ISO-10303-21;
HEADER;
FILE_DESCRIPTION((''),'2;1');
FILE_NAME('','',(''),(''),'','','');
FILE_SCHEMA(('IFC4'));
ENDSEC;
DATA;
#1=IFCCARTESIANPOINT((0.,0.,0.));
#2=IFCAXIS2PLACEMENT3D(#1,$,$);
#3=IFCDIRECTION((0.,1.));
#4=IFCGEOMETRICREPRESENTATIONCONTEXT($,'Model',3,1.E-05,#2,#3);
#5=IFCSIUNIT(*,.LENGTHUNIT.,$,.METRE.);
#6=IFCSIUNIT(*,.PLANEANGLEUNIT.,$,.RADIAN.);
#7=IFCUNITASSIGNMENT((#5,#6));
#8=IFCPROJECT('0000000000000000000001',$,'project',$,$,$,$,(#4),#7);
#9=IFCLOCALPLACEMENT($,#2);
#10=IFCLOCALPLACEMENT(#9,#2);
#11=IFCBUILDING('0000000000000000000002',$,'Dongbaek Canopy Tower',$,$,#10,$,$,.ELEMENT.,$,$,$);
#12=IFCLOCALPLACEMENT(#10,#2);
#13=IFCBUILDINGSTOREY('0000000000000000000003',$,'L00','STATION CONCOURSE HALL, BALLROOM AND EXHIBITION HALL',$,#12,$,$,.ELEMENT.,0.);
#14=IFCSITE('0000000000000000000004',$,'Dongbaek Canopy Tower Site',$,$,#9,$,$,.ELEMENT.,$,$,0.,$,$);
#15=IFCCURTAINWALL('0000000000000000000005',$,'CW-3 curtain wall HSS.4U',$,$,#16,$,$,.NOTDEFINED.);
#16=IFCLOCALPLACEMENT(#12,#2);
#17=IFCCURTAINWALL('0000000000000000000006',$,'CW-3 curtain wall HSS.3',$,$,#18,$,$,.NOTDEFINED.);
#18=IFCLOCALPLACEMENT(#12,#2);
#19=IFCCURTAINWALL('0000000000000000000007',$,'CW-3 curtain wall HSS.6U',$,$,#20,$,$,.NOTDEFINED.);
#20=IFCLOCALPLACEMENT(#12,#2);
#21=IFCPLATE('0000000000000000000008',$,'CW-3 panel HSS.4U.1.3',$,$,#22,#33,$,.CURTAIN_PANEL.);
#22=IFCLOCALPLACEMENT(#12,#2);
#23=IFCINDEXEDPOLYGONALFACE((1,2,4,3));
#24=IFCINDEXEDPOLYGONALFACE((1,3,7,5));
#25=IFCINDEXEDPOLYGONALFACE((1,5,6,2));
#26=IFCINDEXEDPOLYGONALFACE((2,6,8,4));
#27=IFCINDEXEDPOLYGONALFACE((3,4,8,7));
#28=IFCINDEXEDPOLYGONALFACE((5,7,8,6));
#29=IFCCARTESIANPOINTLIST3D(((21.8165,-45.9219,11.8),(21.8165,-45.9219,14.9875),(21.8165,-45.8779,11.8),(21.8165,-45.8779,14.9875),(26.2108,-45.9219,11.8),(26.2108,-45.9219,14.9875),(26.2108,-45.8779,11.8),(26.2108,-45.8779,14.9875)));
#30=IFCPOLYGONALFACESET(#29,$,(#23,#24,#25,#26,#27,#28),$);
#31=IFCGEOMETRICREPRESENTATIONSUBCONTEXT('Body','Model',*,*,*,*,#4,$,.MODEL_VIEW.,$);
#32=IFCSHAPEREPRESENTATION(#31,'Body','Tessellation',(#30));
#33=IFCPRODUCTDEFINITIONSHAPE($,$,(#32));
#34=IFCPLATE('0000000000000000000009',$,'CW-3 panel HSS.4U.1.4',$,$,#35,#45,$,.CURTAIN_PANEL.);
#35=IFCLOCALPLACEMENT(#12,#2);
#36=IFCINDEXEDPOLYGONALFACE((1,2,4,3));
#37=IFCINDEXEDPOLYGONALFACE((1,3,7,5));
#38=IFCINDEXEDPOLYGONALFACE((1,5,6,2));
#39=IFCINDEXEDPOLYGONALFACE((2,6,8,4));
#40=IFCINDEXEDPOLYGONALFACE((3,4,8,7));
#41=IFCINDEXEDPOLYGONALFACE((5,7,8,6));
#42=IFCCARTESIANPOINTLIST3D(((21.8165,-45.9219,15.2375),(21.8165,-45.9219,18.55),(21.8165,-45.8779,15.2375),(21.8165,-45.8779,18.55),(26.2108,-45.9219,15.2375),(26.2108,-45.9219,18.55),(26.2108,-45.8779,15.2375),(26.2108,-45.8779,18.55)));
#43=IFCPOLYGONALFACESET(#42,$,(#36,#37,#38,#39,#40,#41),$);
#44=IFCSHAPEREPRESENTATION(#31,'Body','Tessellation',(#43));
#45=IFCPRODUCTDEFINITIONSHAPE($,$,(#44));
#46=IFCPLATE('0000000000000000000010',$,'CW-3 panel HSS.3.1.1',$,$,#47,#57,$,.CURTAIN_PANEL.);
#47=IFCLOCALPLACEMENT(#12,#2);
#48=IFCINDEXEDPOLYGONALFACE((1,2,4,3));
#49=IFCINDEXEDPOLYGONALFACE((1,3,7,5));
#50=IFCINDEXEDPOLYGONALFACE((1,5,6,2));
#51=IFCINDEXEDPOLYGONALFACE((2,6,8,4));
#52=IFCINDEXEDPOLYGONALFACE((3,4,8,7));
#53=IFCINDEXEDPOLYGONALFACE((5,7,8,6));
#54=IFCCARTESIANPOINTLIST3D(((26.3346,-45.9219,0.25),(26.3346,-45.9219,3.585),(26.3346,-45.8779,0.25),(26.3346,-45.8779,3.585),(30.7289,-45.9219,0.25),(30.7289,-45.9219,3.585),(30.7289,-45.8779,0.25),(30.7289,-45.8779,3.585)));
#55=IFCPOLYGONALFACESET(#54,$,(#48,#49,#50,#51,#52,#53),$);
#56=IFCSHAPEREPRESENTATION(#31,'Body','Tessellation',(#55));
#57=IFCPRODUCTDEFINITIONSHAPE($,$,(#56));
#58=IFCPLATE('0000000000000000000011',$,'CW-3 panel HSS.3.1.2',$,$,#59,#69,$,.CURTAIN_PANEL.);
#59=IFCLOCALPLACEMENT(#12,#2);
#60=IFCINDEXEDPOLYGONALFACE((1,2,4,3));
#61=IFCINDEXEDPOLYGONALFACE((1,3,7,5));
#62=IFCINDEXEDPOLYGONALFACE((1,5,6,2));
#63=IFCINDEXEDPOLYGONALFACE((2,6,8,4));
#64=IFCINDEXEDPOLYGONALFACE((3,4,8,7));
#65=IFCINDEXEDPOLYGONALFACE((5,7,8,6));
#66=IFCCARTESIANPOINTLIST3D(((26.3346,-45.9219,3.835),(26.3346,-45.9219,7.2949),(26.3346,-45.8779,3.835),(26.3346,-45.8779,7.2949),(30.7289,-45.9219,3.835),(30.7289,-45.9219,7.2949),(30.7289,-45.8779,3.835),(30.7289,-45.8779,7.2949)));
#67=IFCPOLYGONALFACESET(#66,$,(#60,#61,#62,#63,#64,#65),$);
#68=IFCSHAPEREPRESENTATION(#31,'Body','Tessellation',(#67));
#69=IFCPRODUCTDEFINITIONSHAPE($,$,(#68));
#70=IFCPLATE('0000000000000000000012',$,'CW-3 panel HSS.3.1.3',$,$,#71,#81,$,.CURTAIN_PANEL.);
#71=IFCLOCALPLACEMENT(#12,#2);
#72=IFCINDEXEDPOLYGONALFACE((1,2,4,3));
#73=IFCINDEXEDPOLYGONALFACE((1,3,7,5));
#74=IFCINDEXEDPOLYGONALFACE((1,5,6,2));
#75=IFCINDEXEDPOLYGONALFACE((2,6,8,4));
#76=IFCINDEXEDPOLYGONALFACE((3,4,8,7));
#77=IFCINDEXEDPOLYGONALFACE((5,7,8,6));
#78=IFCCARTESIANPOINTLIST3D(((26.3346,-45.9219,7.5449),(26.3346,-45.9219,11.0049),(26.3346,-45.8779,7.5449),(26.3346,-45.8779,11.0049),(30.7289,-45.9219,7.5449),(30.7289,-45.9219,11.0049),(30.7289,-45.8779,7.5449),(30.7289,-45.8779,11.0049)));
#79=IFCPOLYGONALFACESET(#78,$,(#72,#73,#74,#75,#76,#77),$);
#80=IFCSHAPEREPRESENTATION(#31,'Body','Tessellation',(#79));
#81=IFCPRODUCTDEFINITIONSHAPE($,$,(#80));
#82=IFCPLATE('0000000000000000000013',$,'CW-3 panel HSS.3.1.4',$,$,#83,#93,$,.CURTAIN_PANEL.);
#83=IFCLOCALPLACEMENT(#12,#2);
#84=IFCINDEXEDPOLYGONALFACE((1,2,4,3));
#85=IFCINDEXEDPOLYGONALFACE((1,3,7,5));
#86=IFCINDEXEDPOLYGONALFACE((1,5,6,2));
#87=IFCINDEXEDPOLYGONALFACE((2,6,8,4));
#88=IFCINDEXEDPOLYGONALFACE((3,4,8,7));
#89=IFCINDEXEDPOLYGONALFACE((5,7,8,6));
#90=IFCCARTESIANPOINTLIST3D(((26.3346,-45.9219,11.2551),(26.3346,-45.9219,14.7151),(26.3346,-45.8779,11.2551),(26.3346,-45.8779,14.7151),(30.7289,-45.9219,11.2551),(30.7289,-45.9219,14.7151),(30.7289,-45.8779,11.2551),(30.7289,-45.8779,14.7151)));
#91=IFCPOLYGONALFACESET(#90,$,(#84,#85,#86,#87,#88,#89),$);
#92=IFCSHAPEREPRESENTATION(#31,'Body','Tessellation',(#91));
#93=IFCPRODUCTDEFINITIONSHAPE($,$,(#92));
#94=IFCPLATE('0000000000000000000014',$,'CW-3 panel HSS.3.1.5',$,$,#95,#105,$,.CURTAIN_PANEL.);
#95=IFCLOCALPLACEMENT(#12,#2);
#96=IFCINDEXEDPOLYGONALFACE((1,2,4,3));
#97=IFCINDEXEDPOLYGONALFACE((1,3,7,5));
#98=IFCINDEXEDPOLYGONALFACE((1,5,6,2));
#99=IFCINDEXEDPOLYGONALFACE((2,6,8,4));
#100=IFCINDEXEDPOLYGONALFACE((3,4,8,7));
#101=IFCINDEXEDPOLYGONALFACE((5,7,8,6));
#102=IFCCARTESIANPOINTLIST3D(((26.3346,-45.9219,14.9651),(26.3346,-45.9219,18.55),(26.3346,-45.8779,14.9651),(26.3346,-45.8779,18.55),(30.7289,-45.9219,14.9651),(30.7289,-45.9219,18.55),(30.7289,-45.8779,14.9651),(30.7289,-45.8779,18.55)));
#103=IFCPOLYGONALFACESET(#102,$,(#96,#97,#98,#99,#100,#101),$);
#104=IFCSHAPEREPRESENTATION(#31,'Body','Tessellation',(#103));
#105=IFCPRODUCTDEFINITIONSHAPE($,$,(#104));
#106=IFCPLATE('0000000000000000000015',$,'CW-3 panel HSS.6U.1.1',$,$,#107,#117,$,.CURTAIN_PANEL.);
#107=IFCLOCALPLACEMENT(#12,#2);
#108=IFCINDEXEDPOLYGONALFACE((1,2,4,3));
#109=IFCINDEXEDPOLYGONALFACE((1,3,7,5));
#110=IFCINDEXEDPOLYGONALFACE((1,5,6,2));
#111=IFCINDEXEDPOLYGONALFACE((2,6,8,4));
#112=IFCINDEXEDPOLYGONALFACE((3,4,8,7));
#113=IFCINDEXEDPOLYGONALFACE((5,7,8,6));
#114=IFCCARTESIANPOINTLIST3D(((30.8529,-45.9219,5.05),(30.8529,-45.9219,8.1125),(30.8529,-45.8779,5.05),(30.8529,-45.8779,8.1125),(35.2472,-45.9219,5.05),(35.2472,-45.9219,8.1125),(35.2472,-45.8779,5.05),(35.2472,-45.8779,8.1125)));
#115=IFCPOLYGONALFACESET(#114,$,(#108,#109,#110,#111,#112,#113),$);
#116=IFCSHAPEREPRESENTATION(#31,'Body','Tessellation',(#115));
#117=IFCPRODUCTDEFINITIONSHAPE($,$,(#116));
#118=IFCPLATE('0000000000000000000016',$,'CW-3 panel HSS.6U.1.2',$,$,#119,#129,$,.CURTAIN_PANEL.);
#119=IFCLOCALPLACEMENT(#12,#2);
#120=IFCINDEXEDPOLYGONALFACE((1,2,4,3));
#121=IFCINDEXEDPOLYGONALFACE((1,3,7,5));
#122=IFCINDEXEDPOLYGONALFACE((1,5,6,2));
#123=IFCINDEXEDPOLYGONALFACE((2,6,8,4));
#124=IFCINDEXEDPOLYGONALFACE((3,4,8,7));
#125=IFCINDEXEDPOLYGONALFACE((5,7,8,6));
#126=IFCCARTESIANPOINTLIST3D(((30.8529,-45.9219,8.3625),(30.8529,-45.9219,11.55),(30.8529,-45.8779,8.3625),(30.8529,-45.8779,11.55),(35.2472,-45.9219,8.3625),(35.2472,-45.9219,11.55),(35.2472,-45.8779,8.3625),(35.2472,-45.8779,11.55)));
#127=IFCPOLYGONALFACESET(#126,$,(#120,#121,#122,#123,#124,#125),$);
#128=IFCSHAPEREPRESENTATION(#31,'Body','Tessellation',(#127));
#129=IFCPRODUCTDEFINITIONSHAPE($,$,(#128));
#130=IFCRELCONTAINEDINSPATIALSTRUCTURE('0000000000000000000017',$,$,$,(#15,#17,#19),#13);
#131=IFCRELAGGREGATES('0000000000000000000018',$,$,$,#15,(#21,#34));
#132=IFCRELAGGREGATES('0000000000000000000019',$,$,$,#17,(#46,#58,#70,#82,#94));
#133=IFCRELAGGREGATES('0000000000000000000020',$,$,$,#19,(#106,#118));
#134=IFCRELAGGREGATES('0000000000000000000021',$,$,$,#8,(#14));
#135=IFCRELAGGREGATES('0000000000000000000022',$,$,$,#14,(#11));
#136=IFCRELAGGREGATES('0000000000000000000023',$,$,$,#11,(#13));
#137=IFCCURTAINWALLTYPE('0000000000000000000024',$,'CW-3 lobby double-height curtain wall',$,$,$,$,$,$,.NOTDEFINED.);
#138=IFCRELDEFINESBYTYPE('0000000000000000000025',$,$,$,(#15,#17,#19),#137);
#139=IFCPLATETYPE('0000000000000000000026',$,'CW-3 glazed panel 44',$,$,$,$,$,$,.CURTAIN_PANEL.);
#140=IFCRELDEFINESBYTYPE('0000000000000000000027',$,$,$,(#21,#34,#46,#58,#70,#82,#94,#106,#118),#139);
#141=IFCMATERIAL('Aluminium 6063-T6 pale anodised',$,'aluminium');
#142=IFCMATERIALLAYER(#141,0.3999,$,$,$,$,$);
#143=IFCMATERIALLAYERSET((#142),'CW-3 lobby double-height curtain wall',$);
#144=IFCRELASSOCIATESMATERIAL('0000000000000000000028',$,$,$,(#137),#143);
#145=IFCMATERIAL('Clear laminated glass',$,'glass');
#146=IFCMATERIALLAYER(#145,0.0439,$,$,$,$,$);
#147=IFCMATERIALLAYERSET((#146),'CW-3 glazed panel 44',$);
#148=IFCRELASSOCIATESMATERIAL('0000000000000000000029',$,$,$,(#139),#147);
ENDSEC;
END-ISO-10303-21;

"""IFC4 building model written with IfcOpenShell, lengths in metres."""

from ifc_helpers import new_model, si_unit, direction, frame, origin, origin_2d, place, context, subcontext, project, spatial, rectangle, extrude, material, layer, layer_set, type_object, element, aggregate, save


model = new_model("IFC4")

# Units and contexts
model_context = context("Model", 3, precision=1e-05, world=origin(), true_north=direction((0.0, 1.0)))
body_context = subcontext(model_context, "Body", "Model", "MODEL_VIEW")
ifc_project = project(units=[si_unit("LENGTHUNIT", "METRE"), si_unit("PLANEANGLEUNIT", "RADIAN")], contexts=[model_context])

# Site, building, storey
site_placement = place(None, origin())
site = spatial("IfcSite", under=ifc_project, at=site_placement, Name="Dongbaek Canopy Tower Site", CompositionType="ELEMENT", RefElevation=0.0)
building_placement = place(site_placement, origin())
building = spatial("IfcBuilding", under=site, at=building_placement, Name="Dongbaek Canopy Tower", CompositionType="ELEMENT")
storey_placement = place(building_placement, origin())
storey = spatial("IfcBuildingStorey", under=building, at=storey_placement, Name="L00", Description="STATION CONCOURSE HALL, BALLROOM AND EXHIBITION HALL", CompositionType="ELEMENT", Elevation=0.0)

# Curtain wall
ifc_material_1 = material(Name="Aluminium 6063-T6 pale anodised", Category="aluminium")
ifc_layer_1 = layer(ifc_material_1, 0.3999)
ifc_layer_set_1 = layer_set([ifc_layer_1], Name="CW-3 lobby double-height curtain wall")
curtain_wall_type = type_object("IfcCurtainWallType", Name="CW-3 lobby double-height curtain wall", PredefinedType="NOTDEFINED", material=ifc_layer_set_1)
curtain_wall_1_placement = place(storey_placement, origin())
curtain_wall_1 = element("IfcCurtainWall", 1, at=curtain_wall_1_placement, inside=storey, type_object=curtain_wall_type, Name="CW-3 curtain wall HSS.4U", PredefinedType="NOTDEFINED")

# Curtain walls
curtain_wall_2_placement = place(storey_placement, origin())
curtain_wall_2 = element("IfcCurtainWall", 2, at=curtain_wall_2_placement, inside=storey, type_object=curtain_wall_type, Name="CW-3 curtain wall HSS.3", PredefinedType="NOTDEFINED")
curtain_wall_3_placement = place(storey_placement, origin())
curtain_wall_3 = element("IfcCurtainWall", 3, at=curtain_wall_3_placement, inside=storey, type_object=curtain_wall_type, Name="CW-3 curtain wall HSS.6U", PredefinedType="NOTDEFINED")

# Plates
ifc_material_2 = material(Name="Clear laminated glass", Category="glass")
ifc_layer_2 = layer(ifc_material_2, 0.0439)
ifc_layer_set_2 = layer_set([ifc_layer_2], Name="CW-3 glazed panel 44")
plate_type = type_object("IfcPlateType", Name="CW-3 glazed panel 44", PredefinedType="CURTAIN_PANEL", material=ifc_layer_set_2)
plate_1_placement = place(storey_placement, frame((24.0137, -45.8999, 11.8), z_axis=(0.0, 0.0, 1.0), x_axis=(1.0, 0.0, 0.0)))
plate_1 = element("IfcPlate", 4, at=plate_1_placement, type_object=plate_type, Name="CW-3 panel HSS.4U.1.3", PredefinedType="CURTAIN_PANEL", context=body_context, shape_type="SweptSolid", body=[
    extrude(rectangle(XDim=4.3943, YDim=0.0439, at=origin_2d()), origin(), (0.0, 0.0, 1.0), 3.1875),
])
plate_2_placement = place(storey_placement, frame((24.0137, -45.8999, 15.2375), z_axis=(0.0, 0.0, 1.0), x_axis=(1.0, 0.0, 0.0)))
plate_2 = element("IfcPlate", 5, at=plate_2_placement, type_object=plate_type, Name="CW-3 panel HSS.4U.1.4", PredefinedType="CURTAIN_PANEL", context=body_context, shape_type="SweptSolid", body=[
    extrude(rectangle(XDim=4.3943, YDim=0.0439, at=origin_2d()), origin(), (0.0, 0.0, 1.0), 3.3125),
])
aggregate(curtain_wall_1, [plate_1, plate_2])
plate_3_placement = place(storey_placement, frame((28.5317, -45.8999, 0.25), z_axis=(0.0, 0.0, 1.0), x_axis=(1.0, 0.0, 0.0)))
plate_3 = element("IfcPlate", 6, at=plate_3_placement, type_object=plate_type, Name="CW-3 panel HSS.3.1.1", PredefinedType="CURTAIN_PANEL", context=body_context, shape_type="SweptSolid", body=[
    extrude(rectangle(XDim=4.3943, YDim=0.0439, at=origin_2d()), origin(), (0.0, 0.0, 1.0), 3.335),
])
plate_4_placement = place(storey_placement, frame((28.5317, -45.8999, 3.835), z_axis=(0.0, 0.0, 1.0), x_axis=(1.0, 0.0, 0.0)))
plate_4 = element("IfcPlate", 7, at=plate_4_placement, type_object=plate_type, Name="CW-3 panel HSS.3.1.2", PredefinedType="CURTAIN_PANEL", context=body_context, shape_type="SweptSolid", body=[
    extrude(rectangle(XDim=4.3943, YDim=0.0439, at=origin_2d()), origin(), (0.0, 0.0, 1.0), 3.46),
])
plate_5_placement = place(storey_placement, frame((28.5317, -45.8999, 7.5449), z_axis=(0.0, 0.0, 1.0), x_axis=(1.0, 0.0, 0.0)))
plate_5 = element("IfcPlate", 8, at=plate_5_placement, type_object=plate_type, Name="CW-3 panel HSS.3.1.3", PredefinedType="CURTAIN_PANEL", context=body_context, shape_type="SweptSolid", body=[
    extrude(rectangle(XDim=4.3943, YDim=0.0439, at=origin_2d()), origin(), (0.0, 0.0, 1.0), 3.46),
])
plate_6_placement = place(storey_placement, frame((28.5317, -45.8999, 11.2551), z_axis=(0.0, 0.0, 1.0), x_axis=(1.0, 0.0, 0.0)))
plate_6 = element("IfcPlate", 9, at=plate_6_placement, type_object=plate_type, Name="CW-3 panel HSS.3.1.4", PredefinedType="CURTAIN_PANEL", context=body_context, shape_type="SweptSolid", body=[
    extrude(rectangle(XDim=4.3943, YDim=0.0439, at=origin_2d()), origin(), (0.0, 0.0, 1.0), 3.46),
])
plate_7_placement = place(storey_placement, frame((28.5317, -45.8999, 14.9651), z_axis=(0.0, 0.0, 1.0), x_axis=(1.0, 0.0, 0.0)))
plate_7 = element("IfcPlate", 10, at=plate_7_placement, type_object=plate_type, Name="CW-3 panel HSS.3.1.5", PredefinedType="CURTAIN_PANEL", context=body_context, shape_type="SweptSolid", body=[
    extrude(rectangle(XDim=4.3943, YDim=0.0439, at=origin_2d()), origin(), (0.0, 0.0, 1.0), 3.585),
])
aggregate(curtain_wall_2, [plate_3, plate_4, plate_5, plate_6, plate_7])
plate_8_placement = place(storey_placement, frame((33.05, -45.8999, 5.05), z_axis=(0.0, 0.0, 1.0), x_axis=(1.0, 0.0, 0.0)))
plate_8 = element("IfcPlate", 11, at=plate_8_placement, type_object=plate_type, Name="CW-3 panel HSS.6U.1.1", PredefinedType="CURTAIN_PANEL", context=body_context, shape_type="SweptSolid", body=[
    extrude(rectangle(XDim=4.3943, YDim=0.0439, at=origin_2d()), origin(), (0.0, 0.0, 1.0), 3.0625),
])
plate_9_placement = place(storey_placement, frame((33.05, -45.8999, 8.3625), z_axis=(0.0, 0.0, 1.0), x_axis=(1.0, 0.0, 0.0)))
plate_9 = element("IfcPlate", 12, at=plate_9_placement, type_object=plate_type, Name="CW-3 panel HSS.6U.1.2", PredefinedType="CURTAIN_PANEL", context=body_context, shape_type="SweptSolid", body=[
    extrude(rectangle(XDim=4.3943, YDim=0.0439, at=origin_2d()), origin(), (0.0, 0.0, 1.0), 3.1875),
])
aggregate(curtain_wall_3, [plate_8, plate_9])

save(model, "model.ifc")
